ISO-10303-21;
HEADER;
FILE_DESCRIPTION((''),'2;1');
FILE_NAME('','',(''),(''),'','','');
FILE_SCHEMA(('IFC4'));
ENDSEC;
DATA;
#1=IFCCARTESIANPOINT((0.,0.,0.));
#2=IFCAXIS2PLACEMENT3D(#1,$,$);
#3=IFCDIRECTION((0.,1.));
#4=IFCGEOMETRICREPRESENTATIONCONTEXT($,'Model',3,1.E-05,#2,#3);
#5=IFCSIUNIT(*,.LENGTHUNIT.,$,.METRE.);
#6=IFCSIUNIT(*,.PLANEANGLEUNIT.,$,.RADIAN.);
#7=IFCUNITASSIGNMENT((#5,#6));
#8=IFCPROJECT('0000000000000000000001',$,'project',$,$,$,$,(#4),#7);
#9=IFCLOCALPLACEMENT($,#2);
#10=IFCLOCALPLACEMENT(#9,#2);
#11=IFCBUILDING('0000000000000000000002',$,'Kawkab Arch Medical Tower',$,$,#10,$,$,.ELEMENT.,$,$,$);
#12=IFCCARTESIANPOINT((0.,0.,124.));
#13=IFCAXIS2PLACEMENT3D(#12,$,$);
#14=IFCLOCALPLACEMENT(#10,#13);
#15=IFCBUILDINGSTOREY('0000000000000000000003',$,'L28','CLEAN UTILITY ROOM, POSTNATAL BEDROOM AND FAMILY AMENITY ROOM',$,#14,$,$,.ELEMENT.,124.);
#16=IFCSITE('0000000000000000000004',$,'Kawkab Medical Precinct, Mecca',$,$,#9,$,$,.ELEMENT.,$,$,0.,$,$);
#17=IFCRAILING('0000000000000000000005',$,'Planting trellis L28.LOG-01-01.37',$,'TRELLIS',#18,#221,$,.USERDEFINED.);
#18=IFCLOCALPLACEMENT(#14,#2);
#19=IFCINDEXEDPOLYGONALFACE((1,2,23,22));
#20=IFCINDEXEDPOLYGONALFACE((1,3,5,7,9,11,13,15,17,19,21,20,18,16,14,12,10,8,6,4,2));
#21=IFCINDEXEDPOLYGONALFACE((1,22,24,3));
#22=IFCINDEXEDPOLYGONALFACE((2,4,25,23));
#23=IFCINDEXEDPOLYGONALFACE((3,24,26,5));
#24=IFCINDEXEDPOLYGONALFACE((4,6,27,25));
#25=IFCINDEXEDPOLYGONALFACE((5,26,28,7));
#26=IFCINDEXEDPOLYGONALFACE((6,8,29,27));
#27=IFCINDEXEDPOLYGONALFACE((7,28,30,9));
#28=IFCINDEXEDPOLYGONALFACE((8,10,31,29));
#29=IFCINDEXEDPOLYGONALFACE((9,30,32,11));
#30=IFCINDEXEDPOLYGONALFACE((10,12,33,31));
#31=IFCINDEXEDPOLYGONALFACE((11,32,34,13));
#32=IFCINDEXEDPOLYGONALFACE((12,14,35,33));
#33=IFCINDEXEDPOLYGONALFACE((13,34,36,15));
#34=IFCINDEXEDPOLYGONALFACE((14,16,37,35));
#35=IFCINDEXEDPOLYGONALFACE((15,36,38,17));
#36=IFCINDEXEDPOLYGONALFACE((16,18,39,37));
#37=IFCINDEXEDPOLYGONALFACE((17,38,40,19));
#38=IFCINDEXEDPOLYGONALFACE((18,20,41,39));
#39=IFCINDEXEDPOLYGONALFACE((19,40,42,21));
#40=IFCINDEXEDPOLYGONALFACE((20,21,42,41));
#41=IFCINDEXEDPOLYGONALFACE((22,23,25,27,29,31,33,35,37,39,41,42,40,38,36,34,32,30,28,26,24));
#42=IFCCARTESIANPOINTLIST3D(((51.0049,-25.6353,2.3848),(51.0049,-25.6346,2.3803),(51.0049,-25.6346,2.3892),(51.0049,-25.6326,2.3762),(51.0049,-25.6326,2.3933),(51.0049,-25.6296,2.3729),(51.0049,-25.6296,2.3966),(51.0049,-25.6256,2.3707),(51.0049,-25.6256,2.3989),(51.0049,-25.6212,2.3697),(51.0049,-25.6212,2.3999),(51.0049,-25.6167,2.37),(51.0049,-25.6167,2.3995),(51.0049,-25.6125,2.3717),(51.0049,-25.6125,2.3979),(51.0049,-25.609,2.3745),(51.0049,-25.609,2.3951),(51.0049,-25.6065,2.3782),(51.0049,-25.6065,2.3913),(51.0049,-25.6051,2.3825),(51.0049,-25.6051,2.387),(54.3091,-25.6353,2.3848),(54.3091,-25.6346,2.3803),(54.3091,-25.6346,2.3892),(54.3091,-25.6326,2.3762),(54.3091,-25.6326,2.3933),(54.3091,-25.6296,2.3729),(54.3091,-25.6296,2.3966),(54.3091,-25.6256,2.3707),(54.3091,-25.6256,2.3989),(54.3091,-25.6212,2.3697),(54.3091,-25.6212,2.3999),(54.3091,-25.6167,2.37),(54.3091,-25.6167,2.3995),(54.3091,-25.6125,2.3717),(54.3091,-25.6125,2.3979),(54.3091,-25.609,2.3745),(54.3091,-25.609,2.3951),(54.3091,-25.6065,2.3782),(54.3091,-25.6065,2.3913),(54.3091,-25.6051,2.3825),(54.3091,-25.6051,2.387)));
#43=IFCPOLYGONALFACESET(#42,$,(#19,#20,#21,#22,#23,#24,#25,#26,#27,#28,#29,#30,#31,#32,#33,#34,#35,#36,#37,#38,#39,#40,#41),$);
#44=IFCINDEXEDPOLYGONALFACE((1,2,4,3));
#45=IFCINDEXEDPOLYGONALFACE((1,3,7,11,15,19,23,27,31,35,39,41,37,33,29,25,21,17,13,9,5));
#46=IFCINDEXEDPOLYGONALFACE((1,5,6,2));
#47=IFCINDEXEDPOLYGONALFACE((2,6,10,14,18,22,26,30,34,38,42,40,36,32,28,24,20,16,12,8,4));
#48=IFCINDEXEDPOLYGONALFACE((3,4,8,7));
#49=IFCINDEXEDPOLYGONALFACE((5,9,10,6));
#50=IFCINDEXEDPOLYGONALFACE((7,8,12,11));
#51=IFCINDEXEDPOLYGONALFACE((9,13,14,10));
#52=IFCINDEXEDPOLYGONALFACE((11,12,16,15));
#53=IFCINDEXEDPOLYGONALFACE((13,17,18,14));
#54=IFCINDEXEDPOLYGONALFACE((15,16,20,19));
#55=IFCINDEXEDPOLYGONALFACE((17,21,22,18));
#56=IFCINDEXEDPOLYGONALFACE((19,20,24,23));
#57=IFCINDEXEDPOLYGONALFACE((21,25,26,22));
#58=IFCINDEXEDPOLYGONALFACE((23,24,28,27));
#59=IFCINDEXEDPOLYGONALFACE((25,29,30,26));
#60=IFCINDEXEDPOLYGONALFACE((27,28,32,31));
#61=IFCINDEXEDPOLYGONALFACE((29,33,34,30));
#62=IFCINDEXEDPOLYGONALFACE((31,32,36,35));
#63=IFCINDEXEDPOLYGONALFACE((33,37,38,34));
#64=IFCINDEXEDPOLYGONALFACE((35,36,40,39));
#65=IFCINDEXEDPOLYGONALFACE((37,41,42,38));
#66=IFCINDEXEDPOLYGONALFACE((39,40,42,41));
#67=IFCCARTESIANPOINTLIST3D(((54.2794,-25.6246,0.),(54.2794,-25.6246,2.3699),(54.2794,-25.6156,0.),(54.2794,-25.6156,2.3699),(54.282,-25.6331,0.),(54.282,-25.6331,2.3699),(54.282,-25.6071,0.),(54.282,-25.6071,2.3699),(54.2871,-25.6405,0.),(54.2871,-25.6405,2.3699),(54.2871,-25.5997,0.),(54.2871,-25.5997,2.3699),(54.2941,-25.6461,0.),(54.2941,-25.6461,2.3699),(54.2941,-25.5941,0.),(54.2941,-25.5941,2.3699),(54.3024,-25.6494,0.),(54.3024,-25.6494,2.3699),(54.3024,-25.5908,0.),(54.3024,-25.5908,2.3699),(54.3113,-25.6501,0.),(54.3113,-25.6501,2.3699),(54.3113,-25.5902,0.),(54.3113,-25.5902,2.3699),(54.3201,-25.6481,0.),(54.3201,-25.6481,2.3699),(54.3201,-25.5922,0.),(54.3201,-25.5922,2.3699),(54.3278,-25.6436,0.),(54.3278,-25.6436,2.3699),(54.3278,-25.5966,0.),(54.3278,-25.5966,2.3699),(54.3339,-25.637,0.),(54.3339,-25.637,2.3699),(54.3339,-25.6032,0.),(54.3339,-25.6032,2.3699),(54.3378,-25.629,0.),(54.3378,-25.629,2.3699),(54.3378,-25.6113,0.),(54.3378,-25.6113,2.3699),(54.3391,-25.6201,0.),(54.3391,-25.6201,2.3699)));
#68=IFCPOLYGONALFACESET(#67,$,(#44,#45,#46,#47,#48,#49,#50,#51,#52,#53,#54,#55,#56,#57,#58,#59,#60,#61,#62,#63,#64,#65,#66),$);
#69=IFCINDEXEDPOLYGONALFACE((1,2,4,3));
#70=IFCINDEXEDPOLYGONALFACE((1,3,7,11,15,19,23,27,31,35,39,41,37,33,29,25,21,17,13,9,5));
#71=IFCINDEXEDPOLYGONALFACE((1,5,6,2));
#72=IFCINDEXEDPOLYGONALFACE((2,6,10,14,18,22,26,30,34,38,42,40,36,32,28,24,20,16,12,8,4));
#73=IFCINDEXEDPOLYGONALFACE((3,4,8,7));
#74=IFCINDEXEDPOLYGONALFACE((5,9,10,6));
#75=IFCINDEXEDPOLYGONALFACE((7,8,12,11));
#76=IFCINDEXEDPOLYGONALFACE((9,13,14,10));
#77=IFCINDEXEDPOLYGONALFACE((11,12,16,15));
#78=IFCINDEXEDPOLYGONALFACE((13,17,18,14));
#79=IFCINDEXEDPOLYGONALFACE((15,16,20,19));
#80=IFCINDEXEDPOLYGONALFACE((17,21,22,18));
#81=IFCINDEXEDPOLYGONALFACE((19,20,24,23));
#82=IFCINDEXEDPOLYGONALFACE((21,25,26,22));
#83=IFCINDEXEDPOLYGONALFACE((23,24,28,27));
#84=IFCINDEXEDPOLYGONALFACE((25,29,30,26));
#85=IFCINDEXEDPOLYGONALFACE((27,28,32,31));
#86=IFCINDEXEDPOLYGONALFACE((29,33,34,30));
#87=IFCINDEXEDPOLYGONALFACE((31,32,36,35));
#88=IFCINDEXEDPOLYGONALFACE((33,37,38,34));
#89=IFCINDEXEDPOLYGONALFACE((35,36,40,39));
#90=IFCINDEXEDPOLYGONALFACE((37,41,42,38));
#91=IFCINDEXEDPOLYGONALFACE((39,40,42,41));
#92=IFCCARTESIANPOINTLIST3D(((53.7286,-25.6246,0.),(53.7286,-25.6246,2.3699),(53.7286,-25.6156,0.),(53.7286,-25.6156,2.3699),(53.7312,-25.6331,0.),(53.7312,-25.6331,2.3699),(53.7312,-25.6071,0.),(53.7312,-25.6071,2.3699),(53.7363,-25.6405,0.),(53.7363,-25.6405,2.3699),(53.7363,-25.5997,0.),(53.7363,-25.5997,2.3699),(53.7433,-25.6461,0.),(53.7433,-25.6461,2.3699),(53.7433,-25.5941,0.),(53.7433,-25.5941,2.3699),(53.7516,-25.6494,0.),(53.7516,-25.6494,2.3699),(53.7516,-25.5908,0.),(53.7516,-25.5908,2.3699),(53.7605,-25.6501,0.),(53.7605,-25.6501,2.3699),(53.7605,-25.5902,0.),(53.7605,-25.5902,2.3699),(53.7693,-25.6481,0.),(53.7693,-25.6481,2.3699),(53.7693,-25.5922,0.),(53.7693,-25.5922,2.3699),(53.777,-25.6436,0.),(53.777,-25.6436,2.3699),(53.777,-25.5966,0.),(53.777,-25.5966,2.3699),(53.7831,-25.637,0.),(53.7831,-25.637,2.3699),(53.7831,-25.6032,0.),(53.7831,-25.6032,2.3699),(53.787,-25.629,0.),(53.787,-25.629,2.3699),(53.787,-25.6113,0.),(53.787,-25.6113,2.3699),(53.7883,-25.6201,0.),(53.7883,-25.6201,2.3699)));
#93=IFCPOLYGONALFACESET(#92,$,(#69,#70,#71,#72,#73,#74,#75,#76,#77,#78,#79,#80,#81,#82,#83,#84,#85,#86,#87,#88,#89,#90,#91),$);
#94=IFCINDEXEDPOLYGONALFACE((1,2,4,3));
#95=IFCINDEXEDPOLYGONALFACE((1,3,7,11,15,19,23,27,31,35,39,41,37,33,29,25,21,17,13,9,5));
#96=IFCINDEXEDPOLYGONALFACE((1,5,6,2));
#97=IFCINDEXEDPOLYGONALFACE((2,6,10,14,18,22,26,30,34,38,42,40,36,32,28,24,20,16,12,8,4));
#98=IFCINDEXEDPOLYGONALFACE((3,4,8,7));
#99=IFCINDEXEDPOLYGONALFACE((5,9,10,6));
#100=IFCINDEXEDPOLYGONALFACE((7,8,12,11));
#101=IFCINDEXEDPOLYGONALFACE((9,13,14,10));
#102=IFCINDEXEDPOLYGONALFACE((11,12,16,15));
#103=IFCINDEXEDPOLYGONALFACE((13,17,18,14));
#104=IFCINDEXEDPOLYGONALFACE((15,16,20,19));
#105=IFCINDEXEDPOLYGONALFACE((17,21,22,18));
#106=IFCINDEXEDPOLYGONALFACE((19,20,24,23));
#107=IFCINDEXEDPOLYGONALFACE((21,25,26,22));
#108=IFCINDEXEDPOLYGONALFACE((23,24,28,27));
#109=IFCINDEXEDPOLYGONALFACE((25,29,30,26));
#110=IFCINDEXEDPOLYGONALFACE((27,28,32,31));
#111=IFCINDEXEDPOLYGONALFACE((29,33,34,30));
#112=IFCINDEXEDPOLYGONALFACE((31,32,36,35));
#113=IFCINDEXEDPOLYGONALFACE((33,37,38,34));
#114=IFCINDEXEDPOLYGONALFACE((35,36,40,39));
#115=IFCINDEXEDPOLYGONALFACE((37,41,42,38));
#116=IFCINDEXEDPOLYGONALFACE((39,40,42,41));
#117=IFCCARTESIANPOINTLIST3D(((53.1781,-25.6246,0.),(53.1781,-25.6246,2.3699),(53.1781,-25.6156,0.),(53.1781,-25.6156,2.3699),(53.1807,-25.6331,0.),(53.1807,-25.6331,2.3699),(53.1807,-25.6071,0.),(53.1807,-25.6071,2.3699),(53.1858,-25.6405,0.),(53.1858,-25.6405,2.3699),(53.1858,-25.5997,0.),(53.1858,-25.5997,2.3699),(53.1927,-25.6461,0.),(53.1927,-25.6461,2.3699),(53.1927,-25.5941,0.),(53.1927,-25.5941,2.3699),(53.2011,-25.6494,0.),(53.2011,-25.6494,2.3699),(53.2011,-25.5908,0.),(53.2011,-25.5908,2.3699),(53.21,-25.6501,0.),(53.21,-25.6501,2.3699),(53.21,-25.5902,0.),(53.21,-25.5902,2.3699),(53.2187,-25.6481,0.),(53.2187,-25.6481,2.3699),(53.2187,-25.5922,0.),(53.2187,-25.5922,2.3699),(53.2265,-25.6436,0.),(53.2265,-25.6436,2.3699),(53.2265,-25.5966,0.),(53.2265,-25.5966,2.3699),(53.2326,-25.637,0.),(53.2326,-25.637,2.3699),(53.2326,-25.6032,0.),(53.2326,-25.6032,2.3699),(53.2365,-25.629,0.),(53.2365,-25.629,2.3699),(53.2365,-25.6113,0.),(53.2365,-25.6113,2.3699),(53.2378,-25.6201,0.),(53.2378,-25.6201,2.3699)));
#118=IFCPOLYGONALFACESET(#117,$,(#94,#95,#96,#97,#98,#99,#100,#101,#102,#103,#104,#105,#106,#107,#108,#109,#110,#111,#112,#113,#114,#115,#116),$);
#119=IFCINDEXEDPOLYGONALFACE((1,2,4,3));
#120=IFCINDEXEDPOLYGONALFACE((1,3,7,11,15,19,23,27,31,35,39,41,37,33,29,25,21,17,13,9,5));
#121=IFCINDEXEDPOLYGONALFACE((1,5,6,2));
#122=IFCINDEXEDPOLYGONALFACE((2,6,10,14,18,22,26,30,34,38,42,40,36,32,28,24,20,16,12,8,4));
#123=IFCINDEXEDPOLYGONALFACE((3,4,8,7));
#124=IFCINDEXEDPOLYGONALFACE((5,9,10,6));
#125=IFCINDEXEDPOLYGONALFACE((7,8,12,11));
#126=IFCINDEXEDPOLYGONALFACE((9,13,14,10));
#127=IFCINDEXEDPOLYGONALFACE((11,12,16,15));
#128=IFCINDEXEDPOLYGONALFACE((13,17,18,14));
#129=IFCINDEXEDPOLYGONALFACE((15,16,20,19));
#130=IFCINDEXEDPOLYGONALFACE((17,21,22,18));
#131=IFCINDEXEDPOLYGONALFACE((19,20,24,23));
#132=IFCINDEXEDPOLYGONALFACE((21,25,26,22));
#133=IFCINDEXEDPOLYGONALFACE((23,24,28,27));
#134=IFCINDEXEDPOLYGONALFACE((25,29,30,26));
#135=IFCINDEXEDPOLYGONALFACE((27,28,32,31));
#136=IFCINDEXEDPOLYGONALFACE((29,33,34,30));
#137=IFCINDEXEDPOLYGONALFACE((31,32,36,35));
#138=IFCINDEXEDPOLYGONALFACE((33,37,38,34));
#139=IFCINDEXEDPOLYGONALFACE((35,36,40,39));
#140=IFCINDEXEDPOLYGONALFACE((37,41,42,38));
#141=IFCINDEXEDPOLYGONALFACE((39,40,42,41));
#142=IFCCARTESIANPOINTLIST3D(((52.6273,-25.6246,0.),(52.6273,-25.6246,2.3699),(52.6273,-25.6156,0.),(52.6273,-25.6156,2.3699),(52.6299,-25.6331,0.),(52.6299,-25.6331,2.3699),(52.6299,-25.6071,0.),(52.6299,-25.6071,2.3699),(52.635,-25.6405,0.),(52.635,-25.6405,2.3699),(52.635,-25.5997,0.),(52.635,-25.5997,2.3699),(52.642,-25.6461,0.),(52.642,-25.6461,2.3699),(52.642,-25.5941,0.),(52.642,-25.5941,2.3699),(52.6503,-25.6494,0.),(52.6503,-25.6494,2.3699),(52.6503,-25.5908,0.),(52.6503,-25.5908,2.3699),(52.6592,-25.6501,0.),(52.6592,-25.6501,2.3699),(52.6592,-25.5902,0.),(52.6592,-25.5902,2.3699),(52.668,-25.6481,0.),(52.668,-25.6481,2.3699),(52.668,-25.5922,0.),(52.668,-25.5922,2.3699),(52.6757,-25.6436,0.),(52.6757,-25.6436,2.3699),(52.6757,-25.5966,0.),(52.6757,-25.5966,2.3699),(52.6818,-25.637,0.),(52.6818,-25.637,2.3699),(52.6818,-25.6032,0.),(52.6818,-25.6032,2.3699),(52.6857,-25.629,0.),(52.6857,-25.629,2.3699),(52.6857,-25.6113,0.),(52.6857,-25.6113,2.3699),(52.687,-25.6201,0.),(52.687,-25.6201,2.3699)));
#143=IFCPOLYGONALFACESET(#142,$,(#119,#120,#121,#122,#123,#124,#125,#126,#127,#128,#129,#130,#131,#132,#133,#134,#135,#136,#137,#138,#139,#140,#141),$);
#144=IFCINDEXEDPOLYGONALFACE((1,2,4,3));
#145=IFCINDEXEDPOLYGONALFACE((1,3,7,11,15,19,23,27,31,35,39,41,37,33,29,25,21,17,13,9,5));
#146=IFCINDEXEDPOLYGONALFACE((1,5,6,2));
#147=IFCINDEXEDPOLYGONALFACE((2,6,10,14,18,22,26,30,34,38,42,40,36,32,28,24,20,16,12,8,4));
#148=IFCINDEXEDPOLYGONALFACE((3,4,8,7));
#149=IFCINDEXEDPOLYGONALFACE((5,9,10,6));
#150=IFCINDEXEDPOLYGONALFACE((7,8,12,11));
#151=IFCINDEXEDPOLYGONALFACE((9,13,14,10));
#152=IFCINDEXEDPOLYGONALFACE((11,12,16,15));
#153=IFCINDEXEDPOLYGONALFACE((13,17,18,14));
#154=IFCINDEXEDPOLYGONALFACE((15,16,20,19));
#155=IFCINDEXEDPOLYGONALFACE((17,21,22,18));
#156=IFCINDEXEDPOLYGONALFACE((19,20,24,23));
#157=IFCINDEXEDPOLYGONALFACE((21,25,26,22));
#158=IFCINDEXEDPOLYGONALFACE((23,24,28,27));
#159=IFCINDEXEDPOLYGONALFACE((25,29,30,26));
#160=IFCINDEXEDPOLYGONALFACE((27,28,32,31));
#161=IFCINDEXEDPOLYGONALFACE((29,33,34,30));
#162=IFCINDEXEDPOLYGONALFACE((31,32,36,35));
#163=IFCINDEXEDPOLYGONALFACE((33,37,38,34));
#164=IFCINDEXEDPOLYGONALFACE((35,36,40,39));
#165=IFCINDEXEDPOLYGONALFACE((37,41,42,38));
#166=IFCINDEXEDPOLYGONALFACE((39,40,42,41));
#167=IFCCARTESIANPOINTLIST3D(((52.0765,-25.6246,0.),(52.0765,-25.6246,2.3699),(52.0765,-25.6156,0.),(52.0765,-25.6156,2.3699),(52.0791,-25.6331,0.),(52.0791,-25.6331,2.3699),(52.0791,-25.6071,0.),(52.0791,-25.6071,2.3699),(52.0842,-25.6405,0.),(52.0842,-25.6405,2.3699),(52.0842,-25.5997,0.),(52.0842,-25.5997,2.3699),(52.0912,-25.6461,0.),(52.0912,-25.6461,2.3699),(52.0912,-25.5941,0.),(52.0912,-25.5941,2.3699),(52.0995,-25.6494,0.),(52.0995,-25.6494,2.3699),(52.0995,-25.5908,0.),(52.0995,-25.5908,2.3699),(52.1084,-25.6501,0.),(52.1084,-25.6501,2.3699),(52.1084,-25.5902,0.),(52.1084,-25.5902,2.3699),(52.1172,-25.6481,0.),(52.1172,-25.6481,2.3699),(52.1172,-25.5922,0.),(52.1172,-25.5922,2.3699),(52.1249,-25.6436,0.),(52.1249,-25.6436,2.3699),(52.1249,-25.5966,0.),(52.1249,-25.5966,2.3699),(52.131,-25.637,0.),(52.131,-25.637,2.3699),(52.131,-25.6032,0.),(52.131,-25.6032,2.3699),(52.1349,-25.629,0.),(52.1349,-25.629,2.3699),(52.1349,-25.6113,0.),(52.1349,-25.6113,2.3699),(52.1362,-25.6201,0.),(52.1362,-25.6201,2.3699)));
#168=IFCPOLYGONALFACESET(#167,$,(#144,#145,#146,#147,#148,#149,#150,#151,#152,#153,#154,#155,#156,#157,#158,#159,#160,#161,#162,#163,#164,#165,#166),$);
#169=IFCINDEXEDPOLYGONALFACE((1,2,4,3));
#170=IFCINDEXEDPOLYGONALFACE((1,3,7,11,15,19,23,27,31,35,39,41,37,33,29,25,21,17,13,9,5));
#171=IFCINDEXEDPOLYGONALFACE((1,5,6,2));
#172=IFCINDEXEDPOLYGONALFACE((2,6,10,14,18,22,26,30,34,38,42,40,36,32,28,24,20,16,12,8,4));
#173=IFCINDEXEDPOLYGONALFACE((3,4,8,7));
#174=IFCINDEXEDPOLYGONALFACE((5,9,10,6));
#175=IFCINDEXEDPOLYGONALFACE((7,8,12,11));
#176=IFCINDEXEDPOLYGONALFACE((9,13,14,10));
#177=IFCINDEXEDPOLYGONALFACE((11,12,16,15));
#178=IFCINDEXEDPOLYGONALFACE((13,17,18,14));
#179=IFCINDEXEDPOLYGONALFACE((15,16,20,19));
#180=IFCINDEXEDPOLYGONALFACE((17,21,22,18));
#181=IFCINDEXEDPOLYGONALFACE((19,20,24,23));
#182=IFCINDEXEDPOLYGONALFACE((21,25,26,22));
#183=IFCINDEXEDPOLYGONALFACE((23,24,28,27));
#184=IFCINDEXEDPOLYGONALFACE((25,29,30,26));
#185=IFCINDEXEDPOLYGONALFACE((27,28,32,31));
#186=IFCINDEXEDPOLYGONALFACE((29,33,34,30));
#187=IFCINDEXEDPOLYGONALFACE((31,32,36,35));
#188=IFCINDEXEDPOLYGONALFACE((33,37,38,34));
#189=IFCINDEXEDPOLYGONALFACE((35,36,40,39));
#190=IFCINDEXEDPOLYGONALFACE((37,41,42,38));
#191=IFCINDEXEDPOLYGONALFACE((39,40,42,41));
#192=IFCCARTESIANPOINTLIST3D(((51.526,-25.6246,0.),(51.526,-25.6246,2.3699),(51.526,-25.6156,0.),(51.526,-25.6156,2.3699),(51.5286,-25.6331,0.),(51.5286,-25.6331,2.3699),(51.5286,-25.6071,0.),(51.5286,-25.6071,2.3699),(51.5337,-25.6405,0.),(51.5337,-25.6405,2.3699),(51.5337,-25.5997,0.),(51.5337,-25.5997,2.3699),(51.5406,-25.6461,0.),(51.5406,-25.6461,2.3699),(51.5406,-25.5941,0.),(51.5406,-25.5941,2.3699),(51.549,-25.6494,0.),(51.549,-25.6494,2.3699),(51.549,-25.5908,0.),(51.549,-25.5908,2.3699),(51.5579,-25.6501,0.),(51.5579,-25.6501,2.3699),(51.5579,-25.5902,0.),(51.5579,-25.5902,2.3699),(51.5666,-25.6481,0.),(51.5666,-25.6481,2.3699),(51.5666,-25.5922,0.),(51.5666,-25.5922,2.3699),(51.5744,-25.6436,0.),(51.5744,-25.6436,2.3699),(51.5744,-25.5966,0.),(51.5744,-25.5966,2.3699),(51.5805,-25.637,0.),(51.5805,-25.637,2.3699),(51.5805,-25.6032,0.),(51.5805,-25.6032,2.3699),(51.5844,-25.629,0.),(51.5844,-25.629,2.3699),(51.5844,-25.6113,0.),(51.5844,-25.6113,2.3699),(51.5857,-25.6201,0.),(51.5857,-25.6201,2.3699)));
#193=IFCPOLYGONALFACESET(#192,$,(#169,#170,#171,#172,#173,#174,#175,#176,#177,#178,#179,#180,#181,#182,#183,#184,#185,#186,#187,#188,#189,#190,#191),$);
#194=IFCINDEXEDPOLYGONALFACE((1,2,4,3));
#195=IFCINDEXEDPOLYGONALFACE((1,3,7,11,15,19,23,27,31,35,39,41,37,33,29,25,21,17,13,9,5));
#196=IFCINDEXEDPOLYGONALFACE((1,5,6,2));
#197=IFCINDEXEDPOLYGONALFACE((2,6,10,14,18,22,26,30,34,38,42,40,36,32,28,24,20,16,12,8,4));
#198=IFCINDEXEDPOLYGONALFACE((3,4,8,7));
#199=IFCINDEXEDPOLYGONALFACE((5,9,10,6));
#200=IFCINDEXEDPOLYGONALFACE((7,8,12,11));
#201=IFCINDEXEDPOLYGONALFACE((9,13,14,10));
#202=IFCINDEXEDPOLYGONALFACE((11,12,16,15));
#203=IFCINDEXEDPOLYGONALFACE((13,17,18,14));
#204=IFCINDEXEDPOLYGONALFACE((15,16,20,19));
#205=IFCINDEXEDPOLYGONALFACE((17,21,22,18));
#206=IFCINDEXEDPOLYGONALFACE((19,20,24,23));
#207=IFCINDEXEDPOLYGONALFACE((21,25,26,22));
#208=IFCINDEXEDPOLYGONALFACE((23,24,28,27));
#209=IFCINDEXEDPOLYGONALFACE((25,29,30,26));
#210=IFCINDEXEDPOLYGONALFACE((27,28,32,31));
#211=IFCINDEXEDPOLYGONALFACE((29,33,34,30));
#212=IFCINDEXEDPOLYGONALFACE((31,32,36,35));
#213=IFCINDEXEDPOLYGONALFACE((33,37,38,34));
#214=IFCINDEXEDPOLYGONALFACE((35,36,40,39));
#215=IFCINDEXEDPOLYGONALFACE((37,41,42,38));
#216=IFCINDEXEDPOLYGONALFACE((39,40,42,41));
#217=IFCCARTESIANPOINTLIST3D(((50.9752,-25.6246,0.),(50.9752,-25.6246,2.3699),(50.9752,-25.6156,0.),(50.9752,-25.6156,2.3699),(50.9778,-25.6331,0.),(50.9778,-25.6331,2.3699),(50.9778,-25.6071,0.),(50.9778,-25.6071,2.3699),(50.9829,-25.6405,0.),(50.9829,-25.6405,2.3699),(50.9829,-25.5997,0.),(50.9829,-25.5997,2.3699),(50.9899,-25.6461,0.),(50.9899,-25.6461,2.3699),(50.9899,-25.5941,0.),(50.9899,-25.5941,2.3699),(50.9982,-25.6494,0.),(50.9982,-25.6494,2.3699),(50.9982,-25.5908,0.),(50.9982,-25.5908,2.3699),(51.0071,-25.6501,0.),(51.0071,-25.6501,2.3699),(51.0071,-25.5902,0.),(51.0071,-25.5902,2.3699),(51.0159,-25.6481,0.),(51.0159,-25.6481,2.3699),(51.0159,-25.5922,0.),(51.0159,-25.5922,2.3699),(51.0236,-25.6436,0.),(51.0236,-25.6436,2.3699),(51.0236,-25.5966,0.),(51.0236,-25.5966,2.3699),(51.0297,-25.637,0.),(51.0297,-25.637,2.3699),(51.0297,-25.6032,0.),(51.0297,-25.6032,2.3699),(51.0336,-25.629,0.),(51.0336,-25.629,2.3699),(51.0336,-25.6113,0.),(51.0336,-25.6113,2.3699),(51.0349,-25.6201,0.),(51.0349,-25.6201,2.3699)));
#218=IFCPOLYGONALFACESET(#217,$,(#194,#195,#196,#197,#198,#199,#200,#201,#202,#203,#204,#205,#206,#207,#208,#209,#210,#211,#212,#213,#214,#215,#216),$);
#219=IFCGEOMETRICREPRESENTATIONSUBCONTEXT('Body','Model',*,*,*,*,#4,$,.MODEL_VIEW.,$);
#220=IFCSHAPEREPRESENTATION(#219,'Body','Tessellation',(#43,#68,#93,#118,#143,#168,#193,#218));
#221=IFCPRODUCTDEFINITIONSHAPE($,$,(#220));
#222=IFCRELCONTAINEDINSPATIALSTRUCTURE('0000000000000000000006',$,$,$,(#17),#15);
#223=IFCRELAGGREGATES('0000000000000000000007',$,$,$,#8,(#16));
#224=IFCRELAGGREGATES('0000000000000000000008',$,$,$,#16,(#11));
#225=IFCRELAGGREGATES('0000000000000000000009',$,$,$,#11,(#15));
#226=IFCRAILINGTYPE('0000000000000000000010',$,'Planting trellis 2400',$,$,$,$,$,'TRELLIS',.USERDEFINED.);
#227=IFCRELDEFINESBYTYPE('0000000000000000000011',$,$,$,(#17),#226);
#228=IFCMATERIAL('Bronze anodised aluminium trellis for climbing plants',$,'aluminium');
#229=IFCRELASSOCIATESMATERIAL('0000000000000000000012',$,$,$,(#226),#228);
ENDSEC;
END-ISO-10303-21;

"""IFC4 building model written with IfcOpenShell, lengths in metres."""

from ifc_helpers import new_model, si_unit, direction, frame, origin, origin_2d, place, context, subcontext, project, spatial, circle, extrude, material, type_object, element, save


model = new_model("IFC4")

# Units and contexts
model_context = context("Model", 3, precision=1e-05, world=origin(), true_north=direction((0.0, 1.0)))
body_context = subcontext(model_context, "Body", "Model", "MODEL_VIEW")
ifc_project = project(units=[si_unit("LENGTHUNIT", "METRE"), si_unit("PLANEANGLEUNIT", "RADIAN")], contexts=[model_context])

# Site, building, storey
site_placement = place(None, origin())
site = spatial("IfcSite", under=ifc_project, at=site_placement, Name="Kawkab Medical Precinct, Mecca", CompositionType="ELEMENT", RefElevation=0.0)
building_placement = place(site_placement, origin())
building = spatial("IfcBuilding", under=site, at=building_placement, Name="Kawkab Arch Medical Tower", CompositionType="ELEMENT")
storey_placement = place(building_placement, frame((0.0, 0.0, 124.0)))
storey = spatial("IfcBuildingStorey", under=building, at=storey_placement, Name="L28", Description="CLEAN UTILITY ROOM, POSTNATAL BEDROOM AND FAMILY AMENITY ROOM", CompositionType="ELEMENT", Elevation=124.0)

# Railing
ifc_material_1 = material(Name="Bronze anodised aluminium trellis for climbing plants", Category="aluminium")
railing_type = type_object("IfcRailingType", Name="Planting trellis 2400", ElementType="TRELLIS", PredefinedType="USERDEFINED", material=ifc_material_1)
railing_1_placement = place(storey_placement, frame((54.3091, -25.6201, 0.0)))
element("IfcRailing", 1, at=railing_1_placement, inside=storey, type_object=railing_type, Name="Planting trellis L28.LOG-01-01.37", ObjectType="TRELLIS", PredefinedType="USERDEFINED", context=body_context, shape_type="SweptSolid", body=[
    extrude(circle(Radius=0.0151, at=origin_2d()), frame((0.0, 0.0, 2.3848), z_axis=(-1.0, 0.0, 0.0), x_axis=(0.0, -1.0, 0.0)), (0.0, 0.0, 1.0), 3.3042),
    extrude(circle(Radius=0.03, at=origin_2d()), origin(), (0.0, 0.0, 1.0), 2.3699),
    extrude(circle(Radius=0.03, at=origin_2d()), frame((-0.5508, 0.0, 0.0)), (0.0, 0.0, 1.0), 2.3699),
    extrude(circle(Radius=0.03, at=origin_2d()), frame((-1.1013, 0.0, 0.0)), (0.0, 0.0, 1.0), 2.3699),
    extrude(circle(Radius=0.03, at=origin_2d()), frame((-1.6521, 0.0, 0.0)), (0.0, 0.0, 1.0), 2.3699),
    extrude(circle(Radius=0.03, at=origin_2d()), frame((-2.2029, 0.0, 0.0)), (0.0, 0.0, 1.0), 2.3699),
    extrude(circle(Radius=0.03, at=origin_2d()), frame((-2.7534, 0.0, 0.0)), (0.0, 0.0, 1.0), 2.3699),
    extrude(circle(Radius=0.03, at=origin_2d()), frame((-3.3042, 0.0, 0.0)), (0.0, 0.0, 1.0), 2.3699),
])

save(model, "model.ifc")
